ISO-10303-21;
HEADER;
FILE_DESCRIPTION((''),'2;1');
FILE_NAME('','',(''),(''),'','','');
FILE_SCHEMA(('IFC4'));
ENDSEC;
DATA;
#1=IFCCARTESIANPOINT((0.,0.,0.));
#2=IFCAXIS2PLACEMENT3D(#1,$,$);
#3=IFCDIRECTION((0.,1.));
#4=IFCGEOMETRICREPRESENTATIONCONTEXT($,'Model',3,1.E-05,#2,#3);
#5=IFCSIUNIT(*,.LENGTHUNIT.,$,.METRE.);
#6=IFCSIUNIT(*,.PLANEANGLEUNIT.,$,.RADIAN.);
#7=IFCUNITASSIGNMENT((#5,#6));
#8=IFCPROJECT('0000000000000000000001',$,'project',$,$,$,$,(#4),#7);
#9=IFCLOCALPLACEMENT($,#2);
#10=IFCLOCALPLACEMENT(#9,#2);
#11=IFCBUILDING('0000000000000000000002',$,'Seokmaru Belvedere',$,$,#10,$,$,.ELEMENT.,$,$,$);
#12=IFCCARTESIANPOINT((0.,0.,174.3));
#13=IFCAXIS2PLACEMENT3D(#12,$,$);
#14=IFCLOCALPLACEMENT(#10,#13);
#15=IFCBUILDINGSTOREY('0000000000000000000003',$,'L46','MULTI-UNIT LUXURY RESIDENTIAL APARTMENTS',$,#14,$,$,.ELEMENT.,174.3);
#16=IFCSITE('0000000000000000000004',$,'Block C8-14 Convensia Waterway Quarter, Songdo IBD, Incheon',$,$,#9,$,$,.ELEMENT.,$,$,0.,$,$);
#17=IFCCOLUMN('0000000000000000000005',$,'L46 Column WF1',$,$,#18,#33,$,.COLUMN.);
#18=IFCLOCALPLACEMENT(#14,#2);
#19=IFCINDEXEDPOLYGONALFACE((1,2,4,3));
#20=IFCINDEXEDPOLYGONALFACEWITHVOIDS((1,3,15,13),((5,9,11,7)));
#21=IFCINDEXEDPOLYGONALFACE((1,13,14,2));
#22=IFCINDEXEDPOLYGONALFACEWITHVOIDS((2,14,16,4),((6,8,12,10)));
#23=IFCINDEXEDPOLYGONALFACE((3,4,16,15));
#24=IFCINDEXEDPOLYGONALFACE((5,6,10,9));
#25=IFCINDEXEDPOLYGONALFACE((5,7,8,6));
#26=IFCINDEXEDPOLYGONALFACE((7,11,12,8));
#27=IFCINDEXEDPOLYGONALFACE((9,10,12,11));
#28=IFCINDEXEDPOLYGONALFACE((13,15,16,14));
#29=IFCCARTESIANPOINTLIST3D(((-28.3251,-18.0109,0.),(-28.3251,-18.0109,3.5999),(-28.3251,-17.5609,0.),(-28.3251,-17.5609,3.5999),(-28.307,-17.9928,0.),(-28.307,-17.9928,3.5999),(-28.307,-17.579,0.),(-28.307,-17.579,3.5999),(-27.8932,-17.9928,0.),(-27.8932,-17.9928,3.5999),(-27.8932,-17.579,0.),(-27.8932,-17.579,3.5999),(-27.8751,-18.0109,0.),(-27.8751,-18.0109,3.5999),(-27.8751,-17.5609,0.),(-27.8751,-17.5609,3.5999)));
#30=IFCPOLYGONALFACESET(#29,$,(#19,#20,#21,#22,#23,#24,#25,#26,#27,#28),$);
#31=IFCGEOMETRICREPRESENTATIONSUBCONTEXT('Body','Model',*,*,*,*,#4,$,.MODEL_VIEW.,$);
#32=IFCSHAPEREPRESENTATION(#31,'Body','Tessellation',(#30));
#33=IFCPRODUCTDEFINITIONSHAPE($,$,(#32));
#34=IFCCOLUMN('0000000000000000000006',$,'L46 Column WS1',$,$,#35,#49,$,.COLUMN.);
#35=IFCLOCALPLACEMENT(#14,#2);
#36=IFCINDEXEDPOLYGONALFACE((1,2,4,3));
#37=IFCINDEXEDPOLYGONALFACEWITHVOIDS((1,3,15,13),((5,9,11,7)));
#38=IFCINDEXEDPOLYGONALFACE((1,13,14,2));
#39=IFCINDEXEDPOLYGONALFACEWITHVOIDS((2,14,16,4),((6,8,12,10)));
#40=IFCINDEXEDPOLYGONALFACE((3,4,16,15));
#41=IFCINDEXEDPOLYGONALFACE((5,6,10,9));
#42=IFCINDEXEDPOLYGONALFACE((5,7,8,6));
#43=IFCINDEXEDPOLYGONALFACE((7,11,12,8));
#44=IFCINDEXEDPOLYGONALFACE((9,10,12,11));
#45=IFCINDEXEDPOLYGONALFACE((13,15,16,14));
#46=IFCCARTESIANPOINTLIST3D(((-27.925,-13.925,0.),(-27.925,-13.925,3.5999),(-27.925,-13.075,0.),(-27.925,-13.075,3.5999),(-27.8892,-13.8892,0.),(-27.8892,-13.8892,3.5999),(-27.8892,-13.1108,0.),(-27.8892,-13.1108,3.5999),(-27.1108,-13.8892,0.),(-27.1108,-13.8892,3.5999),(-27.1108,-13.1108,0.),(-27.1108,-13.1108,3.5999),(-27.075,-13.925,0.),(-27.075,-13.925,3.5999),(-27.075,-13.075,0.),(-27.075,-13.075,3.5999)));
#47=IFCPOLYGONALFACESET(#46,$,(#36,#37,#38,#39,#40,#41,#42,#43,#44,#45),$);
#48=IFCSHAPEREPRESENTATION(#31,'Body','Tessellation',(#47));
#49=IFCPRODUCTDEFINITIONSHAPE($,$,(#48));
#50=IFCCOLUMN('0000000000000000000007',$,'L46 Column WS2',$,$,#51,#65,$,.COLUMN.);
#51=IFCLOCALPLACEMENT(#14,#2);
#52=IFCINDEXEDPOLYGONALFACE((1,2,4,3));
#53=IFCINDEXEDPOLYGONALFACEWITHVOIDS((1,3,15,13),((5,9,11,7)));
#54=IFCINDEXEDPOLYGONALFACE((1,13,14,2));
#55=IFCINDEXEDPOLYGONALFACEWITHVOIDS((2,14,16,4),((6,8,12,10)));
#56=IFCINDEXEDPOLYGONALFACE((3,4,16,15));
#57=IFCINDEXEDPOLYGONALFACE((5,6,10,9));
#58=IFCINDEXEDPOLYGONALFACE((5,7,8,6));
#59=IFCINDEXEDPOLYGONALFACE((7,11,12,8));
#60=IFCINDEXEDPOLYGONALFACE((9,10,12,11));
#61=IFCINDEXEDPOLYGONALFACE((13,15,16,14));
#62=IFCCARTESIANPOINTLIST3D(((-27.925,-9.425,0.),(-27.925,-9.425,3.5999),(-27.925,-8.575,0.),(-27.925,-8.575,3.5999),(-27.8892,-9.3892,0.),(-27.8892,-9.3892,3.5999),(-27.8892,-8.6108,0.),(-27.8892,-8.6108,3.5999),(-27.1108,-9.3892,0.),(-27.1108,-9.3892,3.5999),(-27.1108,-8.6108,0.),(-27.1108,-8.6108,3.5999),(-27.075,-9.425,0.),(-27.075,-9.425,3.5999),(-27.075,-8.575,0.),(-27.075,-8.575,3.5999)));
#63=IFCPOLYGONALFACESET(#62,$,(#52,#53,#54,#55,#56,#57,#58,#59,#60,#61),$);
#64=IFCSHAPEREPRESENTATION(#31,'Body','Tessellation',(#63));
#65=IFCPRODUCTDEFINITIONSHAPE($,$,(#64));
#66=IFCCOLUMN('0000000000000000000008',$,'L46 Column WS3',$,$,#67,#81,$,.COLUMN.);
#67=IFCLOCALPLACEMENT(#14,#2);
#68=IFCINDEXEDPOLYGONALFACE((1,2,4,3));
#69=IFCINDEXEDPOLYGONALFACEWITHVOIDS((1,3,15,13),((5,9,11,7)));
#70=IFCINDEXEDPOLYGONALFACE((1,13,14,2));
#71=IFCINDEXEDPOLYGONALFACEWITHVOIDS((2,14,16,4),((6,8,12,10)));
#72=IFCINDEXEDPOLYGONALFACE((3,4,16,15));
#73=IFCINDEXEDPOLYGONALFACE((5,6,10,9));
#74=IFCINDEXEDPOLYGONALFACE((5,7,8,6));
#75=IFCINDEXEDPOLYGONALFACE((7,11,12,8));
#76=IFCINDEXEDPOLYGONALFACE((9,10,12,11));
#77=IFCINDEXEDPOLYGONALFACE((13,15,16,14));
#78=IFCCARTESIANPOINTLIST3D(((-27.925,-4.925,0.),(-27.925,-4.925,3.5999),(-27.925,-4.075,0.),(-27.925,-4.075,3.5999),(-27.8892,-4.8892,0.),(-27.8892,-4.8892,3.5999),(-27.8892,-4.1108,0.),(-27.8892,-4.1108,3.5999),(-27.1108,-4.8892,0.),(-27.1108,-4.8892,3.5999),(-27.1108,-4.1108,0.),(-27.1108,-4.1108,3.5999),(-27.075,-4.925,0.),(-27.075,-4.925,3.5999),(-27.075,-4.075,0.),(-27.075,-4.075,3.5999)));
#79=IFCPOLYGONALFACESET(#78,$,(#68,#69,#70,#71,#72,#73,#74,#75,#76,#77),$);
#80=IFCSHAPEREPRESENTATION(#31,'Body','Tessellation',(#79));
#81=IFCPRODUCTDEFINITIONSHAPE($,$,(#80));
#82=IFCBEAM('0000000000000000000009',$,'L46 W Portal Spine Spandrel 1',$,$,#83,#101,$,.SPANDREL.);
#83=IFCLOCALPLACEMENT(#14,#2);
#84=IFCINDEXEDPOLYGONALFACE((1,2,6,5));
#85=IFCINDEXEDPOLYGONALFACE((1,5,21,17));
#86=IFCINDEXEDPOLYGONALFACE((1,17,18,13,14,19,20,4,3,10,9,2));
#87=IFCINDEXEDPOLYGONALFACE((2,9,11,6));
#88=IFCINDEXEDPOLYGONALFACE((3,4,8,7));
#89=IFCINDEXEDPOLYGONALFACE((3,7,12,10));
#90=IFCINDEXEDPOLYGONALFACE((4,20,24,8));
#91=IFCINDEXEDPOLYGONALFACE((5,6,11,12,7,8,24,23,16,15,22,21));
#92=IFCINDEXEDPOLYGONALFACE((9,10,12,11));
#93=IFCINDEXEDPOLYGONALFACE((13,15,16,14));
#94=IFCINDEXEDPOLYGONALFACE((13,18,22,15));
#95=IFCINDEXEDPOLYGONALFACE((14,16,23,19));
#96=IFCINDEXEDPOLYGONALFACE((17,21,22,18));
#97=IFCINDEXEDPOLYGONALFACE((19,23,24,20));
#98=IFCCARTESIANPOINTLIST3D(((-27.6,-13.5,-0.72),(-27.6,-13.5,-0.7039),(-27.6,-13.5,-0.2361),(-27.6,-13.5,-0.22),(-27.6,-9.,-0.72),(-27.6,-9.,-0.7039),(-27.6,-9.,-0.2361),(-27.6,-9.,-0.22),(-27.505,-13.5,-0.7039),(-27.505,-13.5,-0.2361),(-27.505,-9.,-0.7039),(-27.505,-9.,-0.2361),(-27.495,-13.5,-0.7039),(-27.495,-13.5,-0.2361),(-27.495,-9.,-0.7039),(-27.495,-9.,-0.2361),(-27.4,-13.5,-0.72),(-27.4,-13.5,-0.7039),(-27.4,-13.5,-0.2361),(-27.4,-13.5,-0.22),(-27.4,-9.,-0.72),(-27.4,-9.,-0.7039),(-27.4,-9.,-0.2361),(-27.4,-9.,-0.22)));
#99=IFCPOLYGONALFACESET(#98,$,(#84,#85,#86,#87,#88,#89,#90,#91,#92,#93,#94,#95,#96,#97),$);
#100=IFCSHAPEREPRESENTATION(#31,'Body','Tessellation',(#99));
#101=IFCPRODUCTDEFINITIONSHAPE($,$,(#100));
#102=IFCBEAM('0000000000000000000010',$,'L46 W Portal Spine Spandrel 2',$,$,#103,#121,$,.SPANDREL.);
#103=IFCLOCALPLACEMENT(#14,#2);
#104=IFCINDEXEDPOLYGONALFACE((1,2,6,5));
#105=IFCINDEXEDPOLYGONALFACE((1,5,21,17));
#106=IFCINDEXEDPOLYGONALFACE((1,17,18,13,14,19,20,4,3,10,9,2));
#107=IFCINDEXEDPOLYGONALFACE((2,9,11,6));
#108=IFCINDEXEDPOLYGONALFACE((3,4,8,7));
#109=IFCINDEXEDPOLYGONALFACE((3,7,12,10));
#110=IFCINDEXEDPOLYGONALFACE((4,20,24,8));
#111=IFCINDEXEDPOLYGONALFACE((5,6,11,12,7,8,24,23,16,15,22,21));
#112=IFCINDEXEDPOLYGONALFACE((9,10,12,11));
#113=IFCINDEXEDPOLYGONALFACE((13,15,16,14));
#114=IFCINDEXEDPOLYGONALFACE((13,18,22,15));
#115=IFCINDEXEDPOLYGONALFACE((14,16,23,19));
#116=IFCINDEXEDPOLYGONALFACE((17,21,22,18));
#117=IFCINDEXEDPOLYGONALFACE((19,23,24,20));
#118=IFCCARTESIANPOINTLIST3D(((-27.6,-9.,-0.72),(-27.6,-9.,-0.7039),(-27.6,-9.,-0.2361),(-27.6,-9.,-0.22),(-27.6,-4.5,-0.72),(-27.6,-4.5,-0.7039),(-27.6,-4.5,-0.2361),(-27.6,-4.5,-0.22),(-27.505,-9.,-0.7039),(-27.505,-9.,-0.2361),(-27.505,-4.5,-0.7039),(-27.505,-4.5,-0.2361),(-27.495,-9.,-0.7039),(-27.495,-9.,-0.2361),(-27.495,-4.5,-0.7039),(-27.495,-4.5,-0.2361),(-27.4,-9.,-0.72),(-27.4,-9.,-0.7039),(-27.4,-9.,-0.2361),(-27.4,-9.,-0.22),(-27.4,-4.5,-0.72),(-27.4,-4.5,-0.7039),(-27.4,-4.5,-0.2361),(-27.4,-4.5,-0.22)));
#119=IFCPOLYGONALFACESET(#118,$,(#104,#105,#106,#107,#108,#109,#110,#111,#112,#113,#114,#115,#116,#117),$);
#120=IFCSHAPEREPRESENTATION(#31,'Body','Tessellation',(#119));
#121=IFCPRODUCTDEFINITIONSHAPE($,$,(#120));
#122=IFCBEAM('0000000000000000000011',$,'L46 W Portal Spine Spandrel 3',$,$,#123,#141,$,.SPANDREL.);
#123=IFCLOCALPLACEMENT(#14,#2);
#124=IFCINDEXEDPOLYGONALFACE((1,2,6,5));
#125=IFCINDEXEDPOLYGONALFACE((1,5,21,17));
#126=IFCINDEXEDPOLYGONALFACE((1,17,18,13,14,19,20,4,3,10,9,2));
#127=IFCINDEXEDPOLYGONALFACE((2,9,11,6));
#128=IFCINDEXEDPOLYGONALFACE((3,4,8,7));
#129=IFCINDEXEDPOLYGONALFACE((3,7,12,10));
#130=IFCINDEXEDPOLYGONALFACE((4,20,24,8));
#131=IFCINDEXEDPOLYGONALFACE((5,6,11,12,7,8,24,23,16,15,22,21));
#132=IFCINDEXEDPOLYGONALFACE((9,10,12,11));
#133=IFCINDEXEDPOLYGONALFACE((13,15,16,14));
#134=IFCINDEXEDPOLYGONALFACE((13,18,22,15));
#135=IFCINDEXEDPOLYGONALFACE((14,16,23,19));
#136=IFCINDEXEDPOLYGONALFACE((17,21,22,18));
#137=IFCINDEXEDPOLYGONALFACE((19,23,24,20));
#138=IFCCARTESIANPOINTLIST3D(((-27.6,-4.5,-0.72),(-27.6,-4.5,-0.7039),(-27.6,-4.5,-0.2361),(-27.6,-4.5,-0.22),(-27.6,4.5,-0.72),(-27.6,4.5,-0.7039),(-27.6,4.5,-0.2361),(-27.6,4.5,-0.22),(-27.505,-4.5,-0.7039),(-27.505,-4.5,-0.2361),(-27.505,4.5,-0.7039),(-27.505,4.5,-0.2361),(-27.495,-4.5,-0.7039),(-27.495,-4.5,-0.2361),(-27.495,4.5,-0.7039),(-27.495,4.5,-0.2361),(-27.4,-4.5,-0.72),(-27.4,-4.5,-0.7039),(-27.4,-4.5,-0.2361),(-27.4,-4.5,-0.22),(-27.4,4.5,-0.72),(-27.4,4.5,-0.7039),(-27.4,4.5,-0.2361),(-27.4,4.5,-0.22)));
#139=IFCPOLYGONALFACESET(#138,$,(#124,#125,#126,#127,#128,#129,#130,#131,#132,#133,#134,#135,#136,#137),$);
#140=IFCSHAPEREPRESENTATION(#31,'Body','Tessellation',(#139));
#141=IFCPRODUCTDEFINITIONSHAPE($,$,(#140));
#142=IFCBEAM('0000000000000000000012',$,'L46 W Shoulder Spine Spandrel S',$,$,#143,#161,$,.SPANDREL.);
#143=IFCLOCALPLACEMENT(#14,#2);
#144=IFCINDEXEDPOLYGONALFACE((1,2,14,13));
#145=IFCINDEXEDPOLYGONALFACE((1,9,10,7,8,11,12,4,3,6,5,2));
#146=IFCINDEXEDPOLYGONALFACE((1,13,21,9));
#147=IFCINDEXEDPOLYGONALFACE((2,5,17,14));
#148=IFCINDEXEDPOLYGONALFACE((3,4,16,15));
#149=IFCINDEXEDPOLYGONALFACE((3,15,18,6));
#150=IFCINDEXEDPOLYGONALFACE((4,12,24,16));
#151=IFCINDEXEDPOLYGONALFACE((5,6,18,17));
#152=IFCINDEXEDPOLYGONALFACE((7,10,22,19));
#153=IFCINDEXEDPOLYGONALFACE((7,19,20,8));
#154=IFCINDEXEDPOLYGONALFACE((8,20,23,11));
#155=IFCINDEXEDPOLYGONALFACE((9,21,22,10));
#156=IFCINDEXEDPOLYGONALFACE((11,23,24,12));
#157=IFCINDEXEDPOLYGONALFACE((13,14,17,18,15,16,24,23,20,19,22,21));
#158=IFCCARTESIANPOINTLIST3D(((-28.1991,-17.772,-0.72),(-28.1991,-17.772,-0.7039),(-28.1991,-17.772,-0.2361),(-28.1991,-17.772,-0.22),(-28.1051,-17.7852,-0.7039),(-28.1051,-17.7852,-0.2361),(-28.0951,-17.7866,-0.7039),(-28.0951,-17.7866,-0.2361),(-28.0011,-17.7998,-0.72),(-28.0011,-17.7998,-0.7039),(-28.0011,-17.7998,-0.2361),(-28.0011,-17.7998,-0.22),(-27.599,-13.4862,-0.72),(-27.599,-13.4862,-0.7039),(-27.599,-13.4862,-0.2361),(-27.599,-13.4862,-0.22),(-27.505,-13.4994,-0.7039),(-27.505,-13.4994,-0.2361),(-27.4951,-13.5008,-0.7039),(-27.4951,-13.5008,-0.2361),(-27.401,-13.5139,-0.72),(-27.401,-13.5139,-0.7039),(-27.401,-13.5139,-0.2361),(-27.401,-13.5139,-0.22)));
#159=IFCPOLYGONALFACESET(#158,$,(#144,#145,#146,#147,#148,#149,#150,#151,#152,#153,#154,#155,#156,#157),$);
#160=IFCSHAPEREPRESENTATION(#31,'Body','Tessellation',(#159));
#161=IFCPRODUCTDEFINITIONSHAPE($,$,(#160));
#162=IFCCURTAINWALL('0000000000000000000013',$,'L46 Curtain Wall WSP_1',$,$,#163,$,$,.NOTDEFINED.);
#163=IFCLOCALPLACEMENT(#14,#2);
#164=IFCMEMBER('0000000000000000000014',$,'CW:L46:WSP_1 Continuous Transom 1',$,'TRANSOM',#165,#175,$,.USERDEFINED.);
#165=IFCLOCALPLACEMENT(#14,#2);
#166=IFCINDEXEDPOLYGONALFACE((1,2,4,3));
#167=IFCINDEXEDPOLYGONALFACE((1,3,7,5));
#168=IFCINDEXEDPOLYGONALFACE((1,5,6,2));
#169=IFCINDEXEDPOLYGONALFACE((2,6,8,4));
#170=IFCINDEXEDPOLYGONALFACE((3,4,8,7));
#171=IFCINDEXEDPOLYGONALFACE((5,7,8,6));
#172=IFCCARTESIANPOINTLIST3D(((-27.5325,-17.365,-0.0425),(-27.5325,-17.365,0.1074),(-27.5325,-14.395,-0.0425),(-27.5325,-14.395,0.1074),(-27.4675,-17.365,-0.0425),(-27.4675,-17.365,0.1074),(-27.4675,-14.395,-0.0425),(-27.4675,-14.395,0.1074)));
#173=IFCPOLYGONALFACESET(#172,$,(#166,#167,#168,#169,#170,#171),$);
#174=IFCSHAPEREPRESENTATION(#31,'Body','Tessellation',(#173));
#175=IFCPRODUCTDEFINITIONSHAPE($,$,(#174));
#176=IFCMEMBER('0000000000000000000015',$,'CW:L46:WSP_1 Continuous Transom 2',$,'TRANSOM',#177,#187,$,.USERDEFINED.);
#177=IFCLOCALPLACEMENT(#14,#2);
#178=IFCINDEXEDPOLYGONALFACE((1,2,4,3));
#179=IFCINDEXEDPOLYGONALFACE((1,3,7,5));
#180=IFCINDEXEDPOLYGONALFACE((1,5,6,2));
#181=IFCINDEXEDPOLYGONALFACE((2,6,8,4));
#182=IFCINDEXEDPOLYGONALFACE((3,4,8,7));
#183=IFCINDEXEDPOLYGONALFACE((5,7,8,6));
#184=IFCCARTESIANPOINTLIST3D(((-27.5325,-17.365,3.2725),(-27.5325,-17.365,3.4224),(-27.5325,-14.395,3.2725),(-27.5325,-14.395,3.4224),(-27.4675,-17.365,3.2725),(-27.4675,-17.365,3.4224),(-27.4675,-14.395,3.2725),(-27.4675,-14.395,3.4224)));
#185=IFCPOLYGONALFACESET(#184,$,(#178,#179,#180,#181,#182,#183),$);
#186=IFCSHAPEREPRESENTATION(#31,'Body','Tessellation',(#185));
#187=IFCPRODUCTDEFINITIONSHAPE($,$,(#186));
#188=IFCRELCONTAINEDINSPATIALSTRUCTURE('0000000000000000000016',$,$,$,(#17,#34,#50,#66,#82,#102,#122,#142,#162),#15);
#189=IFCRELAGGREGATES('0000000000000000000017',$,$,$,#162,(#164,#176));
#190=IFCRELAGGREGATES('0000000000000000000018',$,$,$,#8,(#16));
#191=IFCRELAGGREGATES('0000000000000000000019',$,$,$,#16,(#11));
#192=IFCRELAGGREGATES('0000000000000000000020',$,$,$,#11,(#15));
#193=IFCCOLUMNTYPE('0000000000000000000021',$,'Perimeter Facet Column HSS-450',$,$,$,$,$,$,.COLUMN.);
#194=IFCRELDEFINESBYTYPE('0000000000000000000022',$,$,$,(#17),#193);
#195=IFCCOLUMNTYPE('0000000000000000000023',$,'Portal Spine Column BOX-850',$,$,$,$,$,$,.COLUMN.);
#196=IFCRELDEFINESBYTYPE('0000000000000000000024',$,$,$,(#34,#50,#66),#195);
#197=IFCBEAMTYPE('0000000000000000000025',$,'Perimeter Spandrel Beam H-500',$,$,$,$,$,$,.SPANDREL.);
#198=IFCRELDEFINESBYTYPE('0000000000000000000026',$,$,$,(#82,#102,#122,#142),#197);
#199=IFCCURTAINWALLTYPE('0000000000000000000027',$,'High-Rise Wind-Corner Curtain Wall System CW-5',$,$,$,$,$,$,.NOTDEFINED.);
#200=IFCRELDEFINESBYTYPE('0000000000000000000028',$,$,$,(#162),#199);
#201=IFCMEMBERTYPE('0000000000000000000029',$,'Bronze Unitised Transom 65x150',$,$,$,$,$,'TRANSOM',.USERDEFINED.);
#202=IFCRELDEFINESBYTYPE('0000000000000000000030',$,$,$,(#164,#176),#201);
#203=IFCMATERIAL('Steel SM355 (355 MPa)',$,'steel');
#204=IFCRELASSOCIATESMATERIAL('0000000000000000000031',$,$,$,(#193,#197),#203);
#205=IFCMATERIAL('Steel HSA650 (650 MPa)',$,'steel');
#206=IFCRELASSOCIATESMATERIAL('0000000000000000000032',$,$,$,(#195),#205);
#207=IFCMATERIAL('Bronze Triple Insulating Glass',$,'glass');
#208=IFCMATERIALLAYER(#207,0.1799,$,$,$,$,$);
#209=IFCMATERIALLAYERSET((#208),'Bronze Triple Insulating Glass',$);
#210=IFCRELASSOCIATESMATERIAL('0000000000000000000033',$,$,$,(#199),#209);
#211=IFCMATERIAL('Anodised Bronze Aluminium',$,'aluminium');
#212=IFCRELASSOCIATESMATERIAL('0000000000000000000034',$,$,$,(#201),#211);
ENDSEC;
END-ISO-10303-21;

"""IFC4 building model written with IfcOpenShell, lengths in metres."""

from ifc_helpers import new_model, si_unit, direction, frame, origin, origin_2d, place, context, subcontext, project, spatial, rectangle, hollow_rectangle, i_section, extrude, source, transform, mapped, material, layer, layer_set, material_profile, profile_set, type_object, type_shapes, element, aggregate, save


model = new_model("IFC4")

# Units and contexts
model_context = context("Model", 3, precision=1e-05, world=origin(), true_north=direction((0.0, 1.0)))
body_context = subcontext(model_context, "Body", "Model", "MODEL_VIEW")
ifc_project = project(units=[si_unit("LENGTHUNIT", "METRE"), si_unit("PLANEANGLEUNIT", "RADIAN")], contexts=[model_context])

# Site, building, storey
site_placement = place(None, origin())
site = spatial("IfcSite", under=ifc_project, at=site_placement, Name="Block C8-14 Convensia Waterway Quarter, Songdo IBD, Incheon", CompositionType="ELEMENT", RefElevation=0.0)
building_placement = place(site_placement, origin())
building = spatial("IfcBuilding", under=site, at=building_placement, Name="Seokmaru Belvedere", CompositionType="ELEMENT")
storey_placement = place(building_placement, frame((0.0, 0.0, 174.3)))
storey = spatial("IfcBuildingStorey", under=building, at=storey_placement, Name="L46", Description="MULTI-UNIT LUXURY RESIDENTIAL APARTMENTS", CompositionType="ELEMENT", Elevation=174.3)

# Columns
ifc_material_1 = material(Name="Steel SM355 (355 MPa)", Category="steel")
ifc_material_profile_1 = material_profile(ifc_material_1, hollow_rectangle(XDim=0.45, YDim=0.45, WallThickness=0.0181, at=origin_2d()), Name="HSS-450x450x18")
ifc_profile_set_1 = profile_set([ifc_material_profile_1], Name="Steel SM355 (355 MPa)")
column_type_1 = type_object("IfcColumnType", Name="Perimeter Facet Column HSS-450", PredefinedType="COLUMN", material=ifc_profile_set_1)
shared_shape_1 = source(origin(), body_context, "Body", "SweptSolid", [
    extrude(hollow_rectangle(XDim=0.45, YDim=0.45, WallThickness=0.0181, at=origin_2d()), origin(), (0.0, 0.0, 1.0), 3.5999),
])
type_shapes(column_type_1, [shared_shape_1])
column_placement = place(storey_placement, frame((-28.1001, -17.7859, 0.0), z_axis=(0.0, 0.0, 1.0), x_axis=(1.0, 0.0, 0.0)))
element("IfcColumn", 1, at=column_placement, inside=storey, type_object=column_type_1, Name="L46 Column WF1", PredefinedType="COLUMN", context=body_context, shape_type="MappedRepresentation", body=[
    mapped(shared_shape_1, transform((0.0, 0.0, 0.0), scale=1.0)),
])
ifc_material_2 = material(Name="Steel HSA650 (650 MPa)", Category="steel")
ifc_material_profile_2 = material_profile(ifc_material_2, hollow_rectangle(XDim=0.8501, YDim=0.8501, WallThickness=0.0359, at=origin_2d()), Name="BOX-850x850x36")
ifc_profile_set_2 = profile_set([ifc_material_profile_2], Name="Steel HSA650 (650 MPa)")
column_type_2 = type_object("IfcColumnType", Name="Portal Spine Column BOX-850", PredefinedType="COLUMN", material=ifc_profile_set_2)
shared_shape_2 = source(origin(), body_context, "Body", "SweptSolid", [
    extrude(hollow_rectangle(XDim=0.8501, YDim=0.8501, WallThickness=0.0359, at=origin_2d()), origin(), (0.0, 0.0, 1.0), 3.5999),
])
type_shapes(column_type_2, [shared_shape_2])
for number, where, z_axis, x_axis, name in (
    (2, (-27.5, -13.5, 0.0), (0.0, 0.0, 1.0), (1.0, 0.0, 0.0), "L46 Column WS1"),
    (3, (-27.5, -9.0, 0.0), (0.0, 0.0, 1.0), (1.0, 0.0, 0.0), "L46 Column WS2"),
    (4, (-27.5, -4.5, 0.0), (0.0, 0.0, 1.0), (1.0, 0.0, 0.0), "L46 Column WS3"),
):
    element("IfcColumn", number, at=place(storey_placement, frame(where, z_axis=z_axis, x_axis=x_axis)), inside=storey, type_object=column_type_2, Name=name, PredefinedType="COLUMN", context=body_context, shape_type="MappedRepresentation", body=[
        mapped(shared_shape_2, transform((0.0, 0.0, 0.0), scale=1.0)),
    ])

# Beams
ifc_material_profile_3 = material_profile(ifc_material_1, i_section(OverallWidth=0.2, OverallDepth=0.5, WebThickness=0.01, FlangeThickness=0.0161, at=origin_2d()), Name="H-500x200x10x16")
ifc_profile_set_3 = profile_set([ifc_material_profile_3], Name="Steel SM355 (355 MPa)")
beam_type = type_object("IfcBeamType", Name="Perimeter Spandrel Beam H-500", PredefinedType="SPANDREL", material=ifc_profile_set_3)
shared_shape_3 = source(origin(), body_context, "Body", "SweptSolid", [
    extrude(i_section(OverallWidth=0.2, OverallDepth=0.5, WebThickness=0.01, FlangeThickness=0.0161, at=origin_2d()), origin(), (0.0, 0.0, 1.0), 4.5),
])
for number, where, z_axis, x_axis, name in (
    (5, (-27.5, -13.5, -0.47), (0.0, 1.0, 0.0), (-1.0, 0.0, 0.0), "L46 W Portal Spine Spandrel 1"),
    (6, (-27.5, -9.0, -0.47), (0.0, 1.0, 0.0), (-1.0, 0.0, 0.0), "L46 W Portal Spine Spandrel 2"),
):
    element("IfcBeam", number, at=place(storey_placement, frame(where, z_axis=z_axis, x_axis=x_axis)), inside=storey, type_object=beam_type, Name=name, PredefinedType="SPANDREL", context=body_context, shape_type="MappedRepresentation", body=[
        mapped(shared_shape_3, transform((0.0, 0.0, 0.0), scale=1.0)),
    ])
shared_shape_4 = source(origin(), body_context, "Body", "SweptSolid", [
    extrude(i_section(OverallWidth=0.2, OverallDepth=0.5, WebThickness=0.01, FlangeThickness=0.0161, at=origin_2d()), origin(), (0.0, 0.0, 1.0), 9.0),
])
beam_1_placement = place(storey_placement, frame((-27.5, -4.5, -0.47), z_axis=(0.0, 1.0, 0.0), x_axis=(-1.0, 0.0, 0.0)))
element("IfcBeam", 7, at=beam_1_placement, inside=storey, type_object=beam_type, Name="L46 W Portal Spine Spandrel 3", PredefinedType="SPANDREL", context=body_context, shape_type="MappedRepresentation", body=[
    mapped(shared_shape_4, transform((0.0, 0.0, 0.0), scale=1.0)),
])
shared_shape_5 = source(origin(), body_context, "Body", "SweptSolid", [
    extrude(i_section(OverallWidth=0.2, OverallDepth=0.5, WebThickness=0.01, FlangeThickness=0.0161, at=origin_2d()), origin(), (0.0, 0.0, 1.0), 4.3276),
])
type_shapes(beam_type, [shared_shape_3, shared_shape_4, shared_shape_5])
beam_2_placement = place(storey_placement, frame((-28.1001, -17.7859, -0.47), z_axis=(0.138664, 0.990339, 0.0), x_axis=(-0.990339, 0.138664, 0.0)))
element("IfcBeam", 8, at=beam_2_placement, inside=storey, type_object=beam_type, Name="L46 W Shoulder Spine Spandrel S", PredefinedType="SPANDREL", context=body_context, shape_type="MappedRepresentation", body=[
    mapped(shared_shape_5, transform((0.0, 0.0, 0.0), scale=1.0)),
])

# Curtain wall, members
ifc_material_3 = material(Name="Bronze Triple Insulating Glass", Category="glass")
ifc_layer_1 = layer(ifc_material_3, 0.1799)
ifc_layer_set_1 = layer_set([ifc_layer_1], Name="Bronze Triple Insulating Glass")
curtain_wall_type = type_object("IfcCurtainWallType", Name="High-Rise Wind-Corner Curtain Wall System CW-5", PredefinedType="NOTDEFINED", material=ifc_layer_set_1)
curtain_wall_1_placement = place(storey_placement, origin())
curtain_wall_1 = element("IfcCurtainWall", 9, at=curtain_wall_1_placement, inside=storey, type_object=curtain_wall_type, Name="L46 Curtain Wall WSP_1", PredefinedType="NOTDEFINED")
ifc_material_4 = material(Name="Anodised Bronze Aluminium", Category="aluminium")
ifc_material_profile_4 = material_profile(ifc_material_4, rectangle(XDim=0.0649, YDim=0.1499, at=origin_2d()), Name="CW-T-65x150")
ifc_profile_set_4 = profile_set([ifc_material_profile_4], Name="Anodised Bronze Aluminium")
member_type_1 = type_object("IfcMemberType", Name="Bronze Unitised Transom 65x150", ElementType="TRANSOM", PredefinedType="USERDEFINED", material=ifc_profile_set_4)
shared_shape_6 = source(origin(), body_context, "Body", "SweptSolid", [
    extrude(rectangle(XDim=0.0649, YDim=0.1499, at=origin_2d()), origin(), (0.0, 0.0, 1.0), 2.97),
])
type_shapes(member_type_1, [shared_shape_6])
member_1_placement = place(storey_placement, frame((-27.5, -17.365, 0.0325), z_axis=(0.0, 1.0, 0.0), x_axis=(-1.0, 0.0, 0.0)))
member_1 = element("IfcMember", 10, at=member_1_placement, type_object=member_type_1, Name="CW:L46:WSP_1 Continuous Transom 1", ObjectType="TRANSOM", PredefinedType="USERDEFINED", context=body_context, shape_type="MappedRepresentation", body=[
    mapped(shared_shape_6, transform((0.0, 0.0, 0.0), scale=1.0)),
])
member_2_placement = place(storey_placement, frame((-27.5, -17.365, 3.3474), z_axis=(0.0, 1.0, 0.0), x_axis=(-1.0, 0.0, 0.0)))
member_2 = element("IfcMember", 11, at=member_2_placement, type_object=member_type_1, Name="CW:L46:WSP_1 Continuous Transom 2", ObjectType="TRANSOM", PredefinedType="USERDEFINED", context=body_context, shape_type="MappedRepresentation", body=[
    mapped(shared_shape_6, transform((0.0, 0.0, 0.0), scale=1.0)),
])

aggregate(curtain_wall_1, [member_1, member_2])

save(model, "model.ifc")
